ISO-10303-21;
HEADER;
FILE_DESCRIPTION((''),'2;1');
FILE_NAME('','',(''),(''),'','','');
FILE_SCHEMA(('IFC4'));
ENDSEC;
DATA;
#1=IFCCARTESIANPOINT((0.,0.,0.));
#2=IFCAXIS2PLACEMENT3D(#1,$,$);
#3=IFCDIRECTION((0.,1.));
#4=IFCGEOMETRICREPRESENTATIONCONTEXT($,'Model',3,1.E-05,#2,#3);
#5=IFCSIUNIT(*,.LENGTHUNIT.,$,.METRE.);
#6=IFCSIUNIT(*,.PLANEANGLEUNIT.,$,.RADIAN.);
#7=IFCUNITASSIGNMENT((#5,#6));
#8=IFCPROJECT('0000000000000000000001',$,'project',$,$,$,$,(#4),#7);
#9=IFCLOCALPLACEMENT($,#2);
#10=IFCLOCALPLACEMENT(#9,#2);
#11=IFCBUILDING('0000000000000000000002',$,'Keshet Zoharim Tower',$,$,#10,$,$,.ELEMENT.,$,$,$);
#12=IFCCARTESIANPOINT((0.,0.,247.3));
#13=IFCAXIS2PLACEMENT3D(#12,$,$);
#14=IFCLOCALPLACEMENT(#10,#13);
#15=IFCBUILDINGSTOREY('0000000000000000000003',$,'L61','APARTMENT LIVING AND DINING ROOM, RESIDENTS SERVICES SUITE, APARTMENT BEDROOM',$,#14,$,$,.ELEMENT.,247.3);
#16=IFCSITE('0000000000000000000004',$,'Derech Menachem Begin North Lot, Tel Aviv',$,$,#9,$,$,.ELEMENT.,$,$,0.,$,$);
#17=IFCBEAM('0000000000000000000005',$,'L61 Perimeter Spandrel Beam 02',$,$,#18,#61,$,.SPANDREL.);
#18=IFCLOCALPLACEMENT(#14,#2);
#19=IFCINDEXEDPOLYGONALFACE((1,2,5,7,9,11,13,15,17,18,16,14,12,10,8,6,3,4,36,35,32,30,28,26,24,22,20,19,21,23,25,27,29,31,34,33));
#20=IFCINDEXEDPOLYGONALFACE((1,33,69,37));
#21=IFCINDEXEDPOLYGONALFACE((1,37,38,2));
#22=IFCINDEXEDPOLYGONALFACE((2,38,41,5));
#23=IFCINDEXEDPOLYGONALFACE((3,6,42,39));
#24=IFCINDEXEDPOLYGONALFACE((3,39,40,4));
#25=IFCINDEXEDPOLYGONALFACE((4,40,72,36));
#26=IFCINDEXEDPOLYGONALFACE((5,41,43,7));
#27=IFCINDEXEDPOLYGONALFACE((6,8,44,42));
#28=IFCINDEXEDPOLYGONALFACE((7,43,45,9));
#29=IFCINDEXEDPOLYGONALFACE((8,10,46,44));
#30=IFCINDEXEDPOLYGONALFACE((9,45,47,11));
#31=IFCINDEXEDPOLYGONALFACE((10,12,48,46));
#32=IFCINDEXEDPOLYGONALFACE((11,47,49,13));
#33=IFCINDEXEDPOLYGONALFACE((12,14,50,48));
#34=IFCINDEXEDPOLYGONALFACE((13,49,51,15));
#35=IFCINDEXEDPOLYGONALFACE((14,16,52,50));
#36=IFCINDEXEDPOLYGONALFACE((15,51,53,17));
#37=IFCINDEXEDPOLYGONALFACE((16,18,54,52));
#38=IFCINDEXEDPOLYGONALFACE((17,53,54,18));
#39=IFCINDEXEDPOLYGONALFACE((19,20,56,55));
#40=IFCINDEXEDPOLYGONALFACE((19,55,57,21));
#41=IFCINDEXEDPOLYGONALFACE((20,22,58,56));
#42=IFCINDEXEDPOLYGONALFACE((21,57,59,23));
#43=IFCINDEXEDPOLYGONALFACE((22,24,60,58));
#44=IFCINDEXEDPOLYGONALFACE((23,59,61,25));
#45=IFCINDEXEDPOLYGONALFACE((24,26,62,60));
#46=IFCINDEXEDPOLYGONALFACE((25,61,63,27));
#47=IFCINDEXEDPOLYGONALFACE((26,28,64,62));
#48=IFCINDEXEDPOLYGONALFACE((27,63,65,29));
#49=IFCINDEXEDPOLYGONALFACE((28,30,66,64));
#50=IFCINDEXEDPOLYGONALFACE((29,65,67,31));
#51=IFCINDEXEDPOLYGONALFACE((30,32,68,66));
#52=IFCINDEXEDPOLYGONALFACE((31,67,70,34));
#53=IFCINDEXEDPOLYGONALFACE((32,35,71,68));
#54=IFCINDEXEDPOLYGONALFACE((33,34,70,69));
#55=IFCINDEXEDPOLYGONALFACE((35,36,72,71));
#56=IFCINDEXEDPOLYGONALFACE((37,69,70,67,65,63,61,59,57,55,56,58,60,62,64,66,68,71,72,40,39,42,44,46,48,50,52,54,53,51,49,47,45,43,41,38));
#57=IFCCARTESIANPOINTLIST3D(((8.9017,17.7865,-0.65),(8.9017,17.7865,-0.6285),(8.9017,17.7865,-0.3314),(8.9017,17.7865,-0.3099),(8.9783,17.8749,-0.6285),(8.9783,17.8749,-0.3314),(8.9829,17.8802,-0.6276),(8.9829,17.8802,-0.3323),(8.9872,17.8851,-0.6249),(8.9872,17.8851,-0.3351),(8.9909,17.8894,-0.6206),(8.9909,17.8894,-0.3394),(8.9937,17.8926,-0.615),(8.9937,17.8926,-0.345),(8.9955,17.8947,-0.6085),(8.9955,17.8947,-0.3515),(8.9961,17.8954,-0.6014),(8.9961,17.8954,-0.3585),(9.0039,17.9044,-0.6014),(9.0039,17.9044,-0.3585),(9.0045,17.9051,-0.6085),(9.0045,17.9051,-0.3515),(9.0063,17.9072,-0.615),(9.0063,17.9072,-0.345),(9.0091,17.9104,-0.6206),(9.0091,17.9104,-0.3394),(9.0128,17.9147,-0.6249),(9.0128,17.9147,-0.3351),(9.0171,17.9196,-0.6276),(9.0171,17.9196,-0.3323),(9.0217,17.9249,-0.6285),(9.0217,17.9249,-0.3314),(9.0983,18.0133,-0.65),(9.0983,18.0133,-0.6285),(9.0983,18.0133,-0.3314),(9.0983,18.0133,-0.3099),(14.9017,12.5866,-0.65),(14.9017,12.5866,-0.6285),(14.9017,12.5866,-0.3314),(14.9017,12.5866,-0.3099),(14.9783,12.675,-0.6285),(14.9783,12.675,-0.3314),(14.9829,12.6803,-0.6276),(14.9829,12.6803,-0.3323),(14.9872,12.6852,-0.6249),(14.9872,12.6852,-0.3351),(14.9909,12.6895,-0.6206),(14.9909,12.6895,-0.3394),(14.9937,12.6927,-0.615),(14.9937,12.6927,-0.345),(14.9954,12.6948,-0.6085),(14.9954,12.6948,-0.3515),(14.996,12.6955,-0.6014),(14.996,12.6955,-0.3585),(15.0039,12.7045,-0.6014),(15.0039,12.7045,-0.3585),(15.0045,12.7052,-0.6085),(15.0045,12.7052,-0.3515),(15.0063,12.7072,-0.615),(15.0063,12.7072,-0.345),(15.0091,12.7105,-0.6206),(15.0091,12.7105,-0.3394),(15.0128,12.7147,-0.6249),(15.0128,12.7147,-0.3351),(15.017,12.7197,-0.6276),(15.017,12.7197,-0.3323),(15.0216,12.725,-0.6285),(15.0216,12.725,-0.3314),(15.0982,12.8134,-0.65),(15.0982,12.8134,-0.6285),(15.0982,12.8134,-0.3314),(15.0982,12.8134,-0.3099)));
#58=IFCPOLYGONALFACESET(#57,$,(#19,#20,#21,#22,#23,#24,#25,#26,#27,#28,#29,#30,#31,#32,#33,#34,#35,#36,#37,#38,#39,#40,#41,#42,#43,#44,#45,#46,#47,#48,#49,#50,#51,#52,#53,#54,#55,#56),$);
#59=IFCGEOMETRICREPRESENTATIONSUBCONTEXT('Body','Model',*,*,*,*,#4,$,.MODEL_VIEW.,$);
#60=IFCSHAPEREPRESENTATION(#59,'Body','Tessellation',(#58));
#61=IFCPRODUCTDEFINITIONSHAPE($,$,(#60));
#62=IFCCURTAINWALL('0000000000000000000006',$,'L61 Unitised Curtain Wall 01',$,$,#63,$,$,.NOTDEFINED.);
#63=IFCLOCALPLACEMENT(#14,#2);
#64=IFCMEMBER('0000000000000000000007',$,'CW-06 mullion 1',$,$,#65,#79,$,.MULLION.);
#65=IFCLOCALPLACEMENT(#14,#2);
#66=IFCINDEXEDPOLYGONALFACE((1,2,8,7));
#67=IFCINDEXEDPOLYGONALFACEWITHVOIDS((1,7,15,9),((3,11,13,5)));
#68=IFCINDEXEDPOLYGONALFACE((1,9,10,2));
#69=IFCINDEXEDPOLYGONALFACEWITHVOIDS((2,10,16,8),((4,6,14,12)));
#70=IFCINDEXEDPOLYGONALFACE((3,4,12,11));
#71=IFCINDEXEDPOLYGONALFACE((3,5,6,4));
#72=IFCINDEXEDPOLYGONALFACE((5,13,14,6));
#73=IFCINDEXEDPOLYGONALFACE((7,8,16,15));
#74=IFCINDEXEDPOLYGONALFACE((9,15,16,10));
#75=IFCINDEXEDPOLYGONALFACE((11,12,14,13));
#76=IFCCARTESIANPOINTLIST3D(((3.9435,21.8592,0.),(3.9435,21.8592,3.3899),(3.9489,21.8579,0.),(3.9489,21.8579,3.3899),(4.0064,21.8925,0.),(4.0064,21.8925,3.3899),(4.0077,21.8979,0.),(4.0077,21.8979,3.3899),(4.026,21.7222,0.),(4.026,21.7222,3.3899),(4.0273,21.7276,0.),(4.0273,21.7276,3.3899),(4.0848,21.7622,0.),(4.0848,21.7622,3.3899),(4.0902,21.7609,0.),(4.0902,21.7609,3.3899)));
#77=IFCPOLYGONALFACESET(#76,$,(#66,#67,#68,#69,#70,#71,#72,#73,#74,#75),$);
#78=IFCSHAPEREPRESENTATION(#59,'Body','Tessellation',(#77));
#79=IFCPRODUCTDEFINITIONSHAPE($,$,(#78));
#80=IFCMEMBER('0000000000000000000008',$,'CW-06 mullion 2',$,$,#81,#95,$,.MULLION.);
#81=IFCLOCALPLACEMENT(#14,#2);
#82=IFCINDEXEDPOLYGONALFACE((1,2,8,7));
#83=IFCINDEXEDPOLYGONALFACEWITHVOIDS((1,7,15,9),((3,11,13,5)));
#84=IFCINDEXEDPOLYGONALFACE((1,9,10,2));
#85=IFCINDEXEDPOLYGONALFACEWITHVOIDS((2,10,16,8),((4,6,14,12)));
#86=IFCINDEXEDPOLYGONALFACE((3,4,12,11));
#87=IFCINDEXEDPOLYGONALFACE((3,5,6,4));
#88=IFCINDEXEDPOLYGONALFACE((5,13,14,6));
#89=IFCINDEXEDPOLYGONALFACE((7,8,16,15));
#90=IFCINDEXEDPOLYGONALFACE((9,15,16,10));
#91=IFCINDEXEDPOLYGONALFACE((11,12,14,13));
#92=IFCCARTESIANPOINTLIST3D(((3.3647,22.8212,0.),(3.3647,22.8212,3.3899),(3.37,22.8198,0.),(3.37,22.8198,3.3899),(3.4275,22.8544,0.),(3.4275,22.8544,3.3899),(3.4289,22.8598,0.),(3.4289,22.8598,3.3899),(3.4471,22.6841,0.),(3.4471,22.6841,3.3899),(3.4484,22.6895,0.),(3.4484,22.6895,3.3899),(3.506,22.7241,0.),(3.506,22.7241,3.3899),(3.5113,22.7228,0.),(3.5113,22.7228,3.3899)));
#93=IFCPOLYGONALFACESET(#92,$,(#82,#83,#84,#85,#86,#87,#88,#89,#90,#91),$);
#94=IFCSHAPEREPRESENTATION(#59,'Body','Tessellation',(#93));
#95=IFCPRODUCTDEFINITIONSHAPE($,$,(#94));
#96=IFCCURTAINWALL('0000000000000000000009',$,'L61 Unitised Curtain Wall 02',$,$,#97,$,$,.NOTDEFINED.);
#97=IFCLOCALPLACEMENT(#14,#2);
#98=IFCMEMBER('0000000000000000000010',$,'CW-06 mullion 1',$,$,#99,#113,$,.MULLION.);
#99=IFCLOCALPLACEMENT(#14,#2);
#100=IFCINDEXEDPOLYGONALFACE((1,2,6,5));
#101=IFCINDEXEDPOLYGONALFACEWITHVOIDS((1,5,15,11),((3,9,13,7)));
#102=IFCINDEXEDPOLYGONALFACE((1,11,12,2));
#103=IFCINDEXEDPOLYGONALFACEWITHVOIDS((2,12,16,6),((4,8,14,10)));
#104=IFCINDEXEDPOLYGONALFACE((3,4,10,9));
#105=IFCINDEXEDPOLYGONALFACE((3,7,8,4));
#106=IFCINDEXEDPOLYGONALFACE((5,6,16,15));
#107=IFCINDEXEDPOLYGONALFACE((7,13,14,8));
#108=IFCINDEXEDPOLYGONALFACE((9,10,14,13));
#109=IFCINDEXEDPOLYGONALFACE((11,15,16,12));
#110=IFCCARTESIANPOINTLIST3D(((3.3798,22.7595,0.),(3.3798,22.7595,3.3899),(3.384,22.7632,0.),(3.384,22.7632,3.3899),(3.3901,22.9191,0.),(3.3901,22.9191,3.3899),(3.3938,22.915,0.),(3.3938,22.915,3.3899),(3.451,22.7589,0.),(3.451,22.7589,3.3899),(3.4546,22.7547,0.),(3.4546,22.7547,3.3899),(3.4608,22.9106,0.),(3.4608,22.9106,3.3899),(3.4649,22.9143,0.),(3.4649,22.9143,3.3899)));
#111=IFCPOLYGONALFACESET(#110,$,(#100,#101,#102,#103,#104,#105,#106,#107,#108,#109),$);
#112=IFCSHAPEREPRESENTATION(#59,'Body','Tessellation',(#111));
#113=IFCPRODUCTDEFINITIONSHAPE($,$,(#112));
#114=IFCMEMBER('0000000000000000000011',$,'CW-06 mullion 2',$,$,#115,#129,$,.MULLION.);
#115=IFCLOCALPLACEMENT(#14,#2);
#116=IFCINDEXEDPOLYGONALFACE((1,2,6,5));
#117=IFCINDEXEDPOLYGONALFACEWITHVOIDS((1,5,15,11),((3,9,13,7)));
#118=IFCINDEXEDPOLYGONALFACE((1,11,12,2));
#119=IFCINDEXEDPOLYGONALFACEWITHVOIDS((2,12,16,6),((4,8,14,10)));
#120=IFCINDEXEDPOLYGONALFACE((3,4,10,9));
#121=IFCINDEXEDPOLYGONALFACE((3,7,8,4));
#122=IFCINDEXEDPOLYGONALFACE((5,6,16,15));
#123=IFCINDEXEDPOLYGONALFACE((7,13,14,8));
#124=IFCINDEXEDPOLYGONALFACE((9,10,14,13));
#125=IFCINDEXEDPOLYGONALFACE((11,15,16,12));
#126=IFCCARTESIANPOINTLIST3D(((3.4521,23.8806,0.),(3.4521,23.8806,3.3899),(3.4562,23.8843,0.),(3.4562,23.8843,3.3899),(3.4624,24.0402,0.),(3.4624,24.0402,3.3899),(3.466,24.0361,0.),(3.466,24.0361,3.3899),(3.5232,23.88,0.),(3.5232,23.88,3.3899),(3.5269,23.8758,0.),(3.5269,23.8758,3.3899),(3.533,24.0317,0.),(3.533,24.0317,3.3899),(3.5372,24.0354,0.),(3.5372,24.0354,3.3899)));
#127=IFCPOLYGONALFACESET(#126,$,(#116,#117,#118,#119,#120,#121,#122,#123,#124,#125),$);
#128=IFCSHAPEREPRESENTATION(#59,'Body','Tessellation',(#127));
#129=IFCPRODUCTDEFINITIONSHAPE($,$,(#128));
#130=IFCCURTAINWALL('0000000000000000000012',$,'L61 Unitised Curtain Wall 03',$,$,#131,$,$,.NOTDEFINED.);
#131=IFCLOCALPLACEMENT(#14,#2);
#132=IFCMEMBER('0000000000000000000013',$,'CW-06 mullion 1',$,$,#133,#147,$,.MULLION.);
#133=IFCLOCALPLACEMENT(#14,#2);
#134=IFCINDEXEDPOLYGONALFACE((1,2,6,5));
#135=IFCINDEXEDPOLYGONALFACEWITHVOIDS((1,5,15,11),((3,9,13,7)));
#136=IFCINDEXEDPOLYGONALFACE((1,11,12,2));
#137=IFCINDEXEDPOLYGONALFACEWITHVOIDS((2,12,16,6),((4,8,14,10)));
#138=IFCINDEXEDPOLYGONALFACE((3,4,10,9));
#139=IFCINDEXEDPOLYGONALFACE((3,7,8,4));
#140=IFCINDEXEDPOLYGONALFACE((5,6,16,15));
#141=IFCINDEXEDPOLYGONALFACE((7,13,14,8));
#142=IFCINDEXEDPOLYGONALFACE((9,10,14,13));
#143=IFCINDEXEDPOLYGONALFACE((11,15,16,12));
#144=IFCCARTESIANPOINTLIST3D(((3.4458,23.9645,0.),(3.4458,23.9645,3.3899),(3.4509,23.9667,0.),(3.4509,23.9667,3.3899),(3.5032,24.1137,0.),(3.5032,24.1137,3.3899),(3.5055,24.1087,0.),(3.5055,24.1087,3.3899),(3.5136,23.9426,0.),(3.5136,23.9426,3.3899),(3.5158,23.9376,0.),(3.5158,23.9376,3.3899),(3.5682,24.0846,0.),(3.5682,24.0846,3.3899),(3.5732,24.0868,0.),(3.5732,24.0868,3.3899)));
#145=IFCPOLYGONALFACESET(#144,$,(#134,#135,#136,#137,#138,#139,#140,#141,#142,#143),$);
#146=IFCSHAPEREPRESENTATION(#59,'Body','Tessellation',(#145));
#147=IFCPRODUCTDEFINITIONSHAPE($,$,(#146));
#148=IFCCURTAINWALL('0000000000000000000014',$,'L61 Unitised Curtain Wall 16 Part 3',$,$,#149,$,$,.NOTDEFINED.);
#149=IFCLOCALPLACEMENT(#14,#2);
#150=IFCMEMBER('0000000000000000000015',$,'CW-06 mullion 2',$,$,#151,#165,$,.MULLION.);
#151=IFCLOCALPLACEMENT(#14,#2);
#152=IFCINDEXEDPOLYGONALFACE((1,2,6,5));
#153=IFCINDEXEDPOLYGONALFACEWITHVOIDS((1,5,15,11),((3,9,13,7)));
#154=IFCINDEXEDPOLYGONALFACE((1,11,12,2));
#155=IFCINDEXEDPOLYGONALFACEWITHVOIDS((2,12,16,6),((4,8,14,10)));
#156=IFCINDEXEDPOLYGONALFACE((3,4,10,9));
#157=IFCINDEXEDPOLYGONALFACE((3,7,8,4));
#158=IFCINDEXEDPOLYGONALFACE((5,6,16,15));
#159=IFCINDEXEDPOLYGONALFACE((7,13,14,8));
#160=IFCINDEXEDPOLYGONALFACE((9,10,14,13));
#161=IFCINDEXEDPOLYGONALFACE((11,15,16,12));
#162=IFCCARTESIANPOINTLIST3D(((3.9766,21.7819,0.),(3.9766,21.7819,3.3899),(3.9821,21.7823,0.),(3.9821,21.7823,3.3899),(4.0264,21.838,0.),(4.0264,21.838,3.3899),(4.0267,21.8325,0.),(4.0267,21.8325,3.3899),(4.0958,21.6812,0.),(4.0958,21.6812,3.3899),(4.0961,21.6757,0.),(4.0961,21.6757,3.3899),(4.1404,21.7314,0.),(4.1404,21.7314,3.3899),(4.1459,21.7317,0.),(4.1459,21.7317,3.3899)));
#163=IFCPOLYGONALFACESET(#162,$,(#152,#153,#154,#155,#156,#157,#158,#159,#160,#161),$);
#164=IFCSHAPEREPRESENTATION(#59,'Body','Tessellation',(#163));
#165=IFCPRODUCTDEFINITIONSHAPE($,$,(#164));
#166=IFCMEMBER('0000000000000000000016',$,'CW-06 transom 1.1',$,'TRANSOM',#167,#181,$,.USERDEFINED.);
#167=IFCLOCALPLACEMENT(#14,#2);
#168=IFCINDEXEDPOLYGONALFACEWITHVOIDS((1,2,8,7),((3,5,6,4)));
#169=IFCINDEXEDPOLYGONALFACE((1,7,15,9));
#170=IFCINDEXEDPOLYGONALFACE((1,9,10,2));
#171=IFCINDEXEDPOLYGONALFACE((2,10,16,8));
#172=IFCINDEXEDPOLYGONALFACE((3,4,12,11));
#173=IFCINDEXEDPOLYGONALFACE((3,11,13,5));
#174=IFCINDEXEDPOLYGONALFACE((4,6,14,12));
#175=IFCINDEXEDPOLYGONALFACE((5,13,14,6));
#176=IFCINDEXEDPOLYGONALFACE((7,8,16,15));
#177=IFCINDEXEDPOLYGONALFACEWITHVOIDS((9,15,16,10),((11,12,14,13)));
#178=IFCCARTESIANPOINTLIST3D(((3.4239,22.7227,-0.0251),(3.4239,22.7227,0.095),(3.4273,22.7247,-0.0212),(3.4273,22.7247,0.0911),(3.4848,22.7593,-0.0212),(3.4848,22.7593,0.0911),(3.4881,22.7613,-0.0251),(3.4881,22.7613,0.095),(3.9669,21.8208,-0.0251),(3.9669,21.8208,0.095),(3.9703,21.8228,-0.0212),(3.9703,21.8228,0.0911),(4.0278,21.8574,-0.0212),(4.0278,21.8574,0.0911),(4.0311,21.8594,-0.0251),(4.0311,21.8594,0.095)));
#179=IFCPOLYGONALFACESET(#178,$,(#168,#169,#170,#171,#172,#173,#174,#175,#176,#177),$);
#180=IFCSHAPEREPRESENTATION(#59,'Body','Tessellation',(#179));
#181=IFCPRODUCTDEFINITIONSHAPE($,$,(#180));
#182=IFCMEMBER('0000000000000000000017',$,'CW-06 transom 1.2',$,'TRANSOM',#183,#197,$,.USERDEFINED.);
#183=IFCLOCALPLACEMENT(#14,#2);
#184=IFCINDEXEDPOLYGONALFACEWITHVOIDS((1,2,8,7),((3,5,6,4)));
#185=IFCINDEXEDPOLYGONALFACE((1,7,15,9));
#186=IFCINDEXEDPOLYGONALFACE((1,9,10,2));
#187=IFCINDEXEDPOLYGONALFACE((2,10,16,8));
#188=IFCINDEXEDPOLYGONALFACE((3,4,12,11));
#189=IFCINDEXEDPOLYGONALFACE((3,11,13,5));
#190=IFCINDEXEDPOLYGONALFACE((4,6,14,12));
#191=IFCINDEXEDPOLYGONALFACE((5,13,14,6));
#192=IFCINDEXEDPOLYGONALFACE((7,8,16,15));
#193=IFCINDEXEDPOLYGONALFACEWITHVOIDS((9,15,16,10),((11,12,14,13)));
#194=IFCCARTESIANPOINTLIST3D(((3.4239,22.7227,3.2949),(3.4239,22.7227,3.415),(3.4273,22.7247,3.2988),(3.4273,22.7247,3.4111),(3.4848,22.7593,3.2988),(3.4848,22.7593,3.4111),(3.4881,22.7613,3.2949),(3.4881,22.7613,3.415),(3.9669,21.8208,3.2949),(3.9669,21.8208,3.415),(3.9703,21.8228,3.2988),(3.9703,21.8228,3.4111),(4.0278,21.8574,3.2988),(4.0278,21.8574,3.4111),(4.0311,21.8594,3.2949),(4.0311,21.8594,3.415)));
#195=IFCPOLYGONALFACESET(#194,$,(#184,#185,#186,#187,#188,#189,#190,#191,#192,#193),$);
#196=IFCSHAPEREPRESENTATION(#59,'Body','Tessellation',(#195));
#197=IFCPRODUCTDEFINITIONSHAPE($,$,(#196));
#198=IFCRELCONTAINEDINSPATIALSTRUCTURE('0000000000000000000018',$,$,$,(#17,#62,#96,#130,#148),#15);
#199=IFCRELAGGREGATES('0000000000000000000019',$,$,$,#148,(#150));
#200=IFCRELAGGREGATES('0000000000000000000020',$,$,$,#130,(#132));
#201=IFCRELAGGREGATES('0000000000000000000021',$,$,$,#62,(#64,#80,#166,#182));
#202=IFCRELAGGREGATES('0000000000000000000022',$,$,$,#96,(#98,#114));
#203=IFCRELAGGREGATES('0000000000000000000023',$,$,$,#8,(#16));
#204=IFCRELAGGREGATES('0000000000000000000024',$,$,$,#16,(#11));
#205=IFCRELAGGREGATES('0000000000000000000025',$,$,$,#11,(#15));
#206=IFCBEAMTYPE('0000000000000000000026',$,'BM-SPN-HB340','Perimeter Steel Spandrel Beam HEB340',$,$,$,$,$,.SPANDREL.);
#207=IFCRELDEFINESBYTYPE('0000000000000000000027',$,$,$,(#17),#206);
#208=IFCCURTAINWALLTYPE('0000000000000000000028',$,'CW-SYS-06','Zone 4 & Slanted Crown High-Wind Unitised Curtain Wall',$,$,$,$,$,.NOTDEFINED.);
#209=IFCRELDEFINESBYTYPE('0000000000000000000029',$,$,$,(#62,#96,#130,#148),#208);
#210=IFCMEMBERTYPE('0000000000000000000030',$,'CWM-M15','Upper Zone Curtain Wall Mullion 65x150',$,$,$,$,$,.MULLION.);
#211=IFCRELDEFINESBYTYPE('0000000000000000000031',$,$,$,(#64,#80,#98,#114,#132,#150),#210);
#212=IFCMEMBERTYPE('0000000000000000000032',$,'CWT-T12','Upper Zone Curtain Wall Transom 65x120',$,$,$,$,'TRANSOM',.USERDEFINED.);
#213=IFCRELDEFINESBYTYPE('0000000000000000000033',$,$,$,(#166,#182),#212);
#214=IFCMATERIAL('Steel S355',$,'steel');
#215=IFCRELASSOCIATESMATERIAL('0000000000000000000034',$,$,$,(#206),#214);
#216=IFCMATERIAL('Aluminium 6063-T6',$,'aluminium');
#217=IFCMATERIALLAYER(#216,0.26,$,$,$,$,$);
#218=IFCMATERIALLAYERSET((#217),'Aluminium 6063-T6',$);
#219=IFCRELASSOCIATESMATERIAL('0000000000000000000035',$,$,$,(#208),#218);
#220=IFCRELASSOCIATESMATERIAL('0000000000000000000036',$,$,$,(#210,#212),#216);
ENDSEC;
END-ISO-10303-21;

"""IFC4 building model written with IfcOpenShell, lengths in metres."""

from ifc_helpers import new_model, si_unit, direction, frame, origin, origin_2d, place, context, subcontext, project, spatial, hollow_rectangle, i_section, extrude, material, layer, layer_set, material_profile, profile_set, type_object, element, aggregate, save


model = new_model("IFC4")

# Units and contexts
model_context = context("Model", 3, precision=1e-05, world=origin(), true_north=direction((0.0, 1.0)))
body_context = subcontext(model_context, "Body", "Model", "MODEL_VIEW")
ifc_project = project(units=[si_unit("LENGTHUNIT", "METRE"), si_unit("PLANEANGLEUNIT", "RADIAN")], contexts=[model_context])

# Site, building, storey
site_placement = place(None, origin())
site = spatial("IfcSite", under=ifc_project, at=site_placement, Name="Derech Menachem Begin North Lot, Tel Aviv", CompositionType="ELEMENT", RefElevation=0.0)
building_placement = place(site_placement, origin())
building = spatial("IfcBuilding", under=site, at=building_placement, Name="Keshet Zoharim Tower", CompositionType="ELEMENT")
storey_placement = place(building_placement, frame((0.0, 0.0, 247.3)))
storey = spatial("IfcBuildingStorey", under=building, at=storey_placement, Name="L61", Description="APARTMENT LIVING AND DINING ROOM, RESIDENTS SERVICES SUITE, APARTMENT BEDROOM", CompositionType="ELEMENT", Elevation=247.3)

# Beam
ifc_material_1 = material(Name="Steel S355", Category="steel")
ifc_material_profile_1 = material_profile(ifc_material_1, i_section(OverallWidth=0.3, OverallDepth=0.3401, WebThickness=0.012, FlangeThickness=0.0215, FilletRadius=0.0271, at=origin_2d()), Name="HEB340")
ifc_profile_set_1 = profile_set([ifc_material_profile_1], Name="Steel S355")
beam_type = type_object("IfcBeamType", Name="BM-SPN-HB340", Description="Perimeter Steel Spandrel Beam HEB340", PredefinedType="SPANDREL", material=ifc_profile_set_1)
beam_placement = place(storey_placement, frame((9.0, 17.8999, -0.48), z_axis=(0.755692, -0.654927, 0.0), x_axis=(0.654927, 0.755692, 0.0)))
element("IfcBeam", 1, at=beam_placement, inside=storey, type_object=beam_type, Name="L61 Perimeter Spandrel Beam 02", PredefinedType="SPANDREL", context=body_context, shape_type="SweptSolid", body=[
    extrude(i_section(OverallWidth=0.3, OverallDepth=0.3401, WebThickness=0.012, FlangeThickness=0.0215, FilletRadius=0.0271, at=origin_2d()), origin(), (0.0, 0.0, 1.0), 7.9397),
])

# Curtain walls, members
ifc_material_2 = material(Name="Aluminium 6063-T6", Category="aluminium")
ifc_layer_1 = layer(ifc_material_2, 0.26)
ifc_layer_set_1 = layer_set([ifc_layer_1], Name="Aluminium 6063-T6")
curtain_wall_type = type_object("IfcCurtainWallType", Name="CW-SYS-06", Description="Zone 4 & Slanted Crown High-Wind Unitised Curtain Wall", PredefinedType="NOTDEFINED", material=ifc_layer_set_1)
curtain_wall_1_placement = place(storey_placement, origin())
curtain_wall_1 = element("IfcCurtainWall", 2, at=curtain_wall_1_placement, inside=storey, type_object=curtain_wall_type, Name="L61 Unitised Curtain Wall 01", PredefinedType="NOTDEFINED")
ifc_material_profile_2 = material_profile(ifc_material_2, hollow_rectangle(XDim=0.075, YDim=0.1599, WallThickness=0.0039, at=origin_2d()), Name="MUL-75x160")
ifc_profile_set_2 = profile_set([ifc_material_profile_2], Name="Aluminium 6063-T6")
member_type_1 = type_object("IfcMemberType", Name="CWM-M15", Description="Upper Zone Curtain Wall Mullion 65x150", PredefinedType="MULLION", material=ifc_profile_set_2)
member_1_placement = place(storey_placement, frame((4.0168, 21.8101, 0.0), z_axis=(0.0, 0.0, 1.0), x_axis=(-0.856826, -0.515605, 0.0)))
member_1 = element("IfcMember", 3, at=member_1_placement, type_object=member_type_1, Name="CW-06 mullion 1", PredefinedType="MULLION", context=body_context, shape_type="SweptSolid", body=[
    extrude(hollow_rectangle(XDim=0.075, YDim=0.1599, WallThickness=0.0039, at=origin_2d()), origin(), (0.0, 0.0, 1.0), 3.3899),
])
member_2_placement = place(storey_placement, frame((3.438, 22.772, 0.0), z_axis=(0.0, 0.0, 1.0), x_axis=(-0.856826, -0.515605, 0.0)))
member_2 = element("IfcMember", 4, at=member_2_placement, type_object=member_type_1, Name="CW-06 mullion 2", PredefinedType="MULLION", context=body_context, shape_type="SweptSolid", body=[
    extrude(hollow_rectangle(XDim=0.075, YDim=0.1599, WallThickness=0.0039, at=origin_2d()), origin(), (0.0, 0.0, 1.0), 3.3899),
])
curtain_wall_2_placement = place(storey_placement, origin())
curtain_wall_2 = element("IfcCurtainWall", 5, at=curtain_wall_2_placement, inside=storey, type_object=curtain_wall_type, Name="L61 Unitised Curtain Wall 02", PredefinedType="NOTDEFINED")
member_3_placement = place(storey_placement, frame((3.4224, 22.8369, 0.0), z_axis=(0.0, 0.0, 1.0), x_axis=(-0.997917, 0.064517, 0.0)))
member_3 = element("IfcMember", 6, at=member_3_placement, type_object=member_type_1, Name="CW-06 mullion 1", PredefinedType="MULLION", context=body_context, shape_type="SweptSolid", body=[
    extrude(hollow_rectangle(XDim=0.075, YDim=0.1599, WallThickness=0.0039, at=origin_2d()), origin(), (0.0, 0.0, 1.0), 3.3899),
])
member_4_placement = place(storey_placement, frame((3.4946, 23.958, 0.0), z_axis=(0.0, 0.0, 1.0), x_axis=(-0.997917, 0.064517, 0.0)))
member_4 = element("IfcMember", 7, at=member_4_placement, type_object=member_type_1, Name="CW-06 mullion 2", PredefinedType="MULLION", context=body_context, shape_type="SweptSolid", body=[
    extrude(hollow_rectangle(XDim=0.075, YDim=0.1599, WallThickness=0.0039, at=origin_2d()), origin(), (0.0, 0.0, 1.0), 3.3899),
])

# Curtain walls, members
curtain_wall_3_placement = place(storey_placement, origin())
curtain_wall_3 = element("IfcCurtainWall", 8, at=curtain_wall_3_placement, inside=storey, type_object=curtain_wall_type, Name="L61 Unitised Curtain Wall 03", PredefinedType="NOTDEFINED")
member_5_placement = place(storey_placement, frame((3.5095, 24.0256, 0.0), z_axis=(0.0, 0.0, 1.0), x_axis=(-0.933341, 0.35899, 0.0)))
member_5 = element("IfcMember", 9, at=member_5_placement, type_object=member_type_1, Name="CW-06 mullion 1", PredefinedType="MULLION", context=body_context, shape_type="SweptSolid", body=[
    extrude(hollow_rectangle(XDim=0.075, YDim=0.1599, WallThickness=0.0039, at=origin_2d()), origin(), (0.0, 0.0, 1.0), 3.3899),
])
curtain_wall_4_placement = place(storey_placement, origin())
curtain_wall_4 = element("IfcCurtainWall", 10, at=curtain_wall_4_placement, inside=storey, type_object=curtain_wall_type, Name="L61 Unitised Curtain Wall 16 Part 3", PredefinedType="NOTDEFINED")
member_6_placement = place(storey_placement, frame((4.0613, 21.7568, 0.0), z_axis=(0.0, 0.0, 1.0), x_axis=(-0.664364, -0.747409, 0.0)))
member_6 = element("IfcMember", 11, at=member_6_placement, type_object=member_type_1, Name="CW-06 mullion 2", PredefinedType="MULLION", context=body_context, shape_type="SweptSolid", body=[
    extrude(hollow_rectangle(XDim=0.075, YDim=0.1599, WallThickness=0.0039, at=origin_2d()), origin(), (0.0, 0.0, 1.0), 3.3899),
])
aggregate(curtain_wall_4, [member_6])

# Members
ifc_material_profile_3 = material_profile(ifc_material_2, hollow_rectangle(XDim=0.075, YDim=0.1201, WallThickness=0.0039, at=origin_2d()), Name="TRN-75x120")
ifc_profile_set_3 = profile_set([ifc_material_profile_3], Name="Aluminium 6063-T6")
member_type_2 = type_object("IfcMemberType", Name="CWT-T12", Description="Upper Zone Curtain Wall Transom 65x120", ElementType="TRANSOM", PredefinedType="USERDEFINED", material=ifc_profile_set_3)
member_7_placement = place(storey_placement, frame((3.999, 21.8401, 0.0349), z_axis=(-0.515791, 0.856714, 0.0), x_axis=(-0.856714, -0.515791, 0.0)))
member_7 = element("IfcMember", 12, at=member_7_placement, type_object=member_type_2, Name="CW-06 transom 1.1", ObjectType="TRANSOM", PredefinedType="USERDEFINED", context=body_context, shape_type="SweptSolid", body=[
    extrude(hollow_rectangle(XDim=0.075, YDim=0.1201, WallThickness=0.0039, at=origin_2d()), origin(), (0.0, 0.0, 1.0), 1.0527),
])
member_8_placement = place(storey_placement, frame((3.999, 21.8401, 3.355), z_axis=(-0.515791, 0.856714, 0.0), x_axis=(-0.856714, -0.515791, 0.0)))
member_8 = element("IfcMember", 13, at=member_8_placement, type_object=member_type_2, Name="CW-06 transom 1.2", ObjectType="TRANSOM", PredefinedType="USERDEFINED", context=body_context, shape_type="SweptSolid", body=[
    extrude(hollow_rectangle(XDim=0.075, YDim=0.1201, WallThickness=0.0039, at=origin_2d()), origin(), (0.0, 0.0, 1.0), 1.0527),
])
aggregate(curtain_wall_3, [member_5])

aggregate(curtain_wall_1, [member_1, member_2, member_7, member_8])
aggregate(curtain_wall_2, [member_3, member_4])

save(model, "model.ifc")
